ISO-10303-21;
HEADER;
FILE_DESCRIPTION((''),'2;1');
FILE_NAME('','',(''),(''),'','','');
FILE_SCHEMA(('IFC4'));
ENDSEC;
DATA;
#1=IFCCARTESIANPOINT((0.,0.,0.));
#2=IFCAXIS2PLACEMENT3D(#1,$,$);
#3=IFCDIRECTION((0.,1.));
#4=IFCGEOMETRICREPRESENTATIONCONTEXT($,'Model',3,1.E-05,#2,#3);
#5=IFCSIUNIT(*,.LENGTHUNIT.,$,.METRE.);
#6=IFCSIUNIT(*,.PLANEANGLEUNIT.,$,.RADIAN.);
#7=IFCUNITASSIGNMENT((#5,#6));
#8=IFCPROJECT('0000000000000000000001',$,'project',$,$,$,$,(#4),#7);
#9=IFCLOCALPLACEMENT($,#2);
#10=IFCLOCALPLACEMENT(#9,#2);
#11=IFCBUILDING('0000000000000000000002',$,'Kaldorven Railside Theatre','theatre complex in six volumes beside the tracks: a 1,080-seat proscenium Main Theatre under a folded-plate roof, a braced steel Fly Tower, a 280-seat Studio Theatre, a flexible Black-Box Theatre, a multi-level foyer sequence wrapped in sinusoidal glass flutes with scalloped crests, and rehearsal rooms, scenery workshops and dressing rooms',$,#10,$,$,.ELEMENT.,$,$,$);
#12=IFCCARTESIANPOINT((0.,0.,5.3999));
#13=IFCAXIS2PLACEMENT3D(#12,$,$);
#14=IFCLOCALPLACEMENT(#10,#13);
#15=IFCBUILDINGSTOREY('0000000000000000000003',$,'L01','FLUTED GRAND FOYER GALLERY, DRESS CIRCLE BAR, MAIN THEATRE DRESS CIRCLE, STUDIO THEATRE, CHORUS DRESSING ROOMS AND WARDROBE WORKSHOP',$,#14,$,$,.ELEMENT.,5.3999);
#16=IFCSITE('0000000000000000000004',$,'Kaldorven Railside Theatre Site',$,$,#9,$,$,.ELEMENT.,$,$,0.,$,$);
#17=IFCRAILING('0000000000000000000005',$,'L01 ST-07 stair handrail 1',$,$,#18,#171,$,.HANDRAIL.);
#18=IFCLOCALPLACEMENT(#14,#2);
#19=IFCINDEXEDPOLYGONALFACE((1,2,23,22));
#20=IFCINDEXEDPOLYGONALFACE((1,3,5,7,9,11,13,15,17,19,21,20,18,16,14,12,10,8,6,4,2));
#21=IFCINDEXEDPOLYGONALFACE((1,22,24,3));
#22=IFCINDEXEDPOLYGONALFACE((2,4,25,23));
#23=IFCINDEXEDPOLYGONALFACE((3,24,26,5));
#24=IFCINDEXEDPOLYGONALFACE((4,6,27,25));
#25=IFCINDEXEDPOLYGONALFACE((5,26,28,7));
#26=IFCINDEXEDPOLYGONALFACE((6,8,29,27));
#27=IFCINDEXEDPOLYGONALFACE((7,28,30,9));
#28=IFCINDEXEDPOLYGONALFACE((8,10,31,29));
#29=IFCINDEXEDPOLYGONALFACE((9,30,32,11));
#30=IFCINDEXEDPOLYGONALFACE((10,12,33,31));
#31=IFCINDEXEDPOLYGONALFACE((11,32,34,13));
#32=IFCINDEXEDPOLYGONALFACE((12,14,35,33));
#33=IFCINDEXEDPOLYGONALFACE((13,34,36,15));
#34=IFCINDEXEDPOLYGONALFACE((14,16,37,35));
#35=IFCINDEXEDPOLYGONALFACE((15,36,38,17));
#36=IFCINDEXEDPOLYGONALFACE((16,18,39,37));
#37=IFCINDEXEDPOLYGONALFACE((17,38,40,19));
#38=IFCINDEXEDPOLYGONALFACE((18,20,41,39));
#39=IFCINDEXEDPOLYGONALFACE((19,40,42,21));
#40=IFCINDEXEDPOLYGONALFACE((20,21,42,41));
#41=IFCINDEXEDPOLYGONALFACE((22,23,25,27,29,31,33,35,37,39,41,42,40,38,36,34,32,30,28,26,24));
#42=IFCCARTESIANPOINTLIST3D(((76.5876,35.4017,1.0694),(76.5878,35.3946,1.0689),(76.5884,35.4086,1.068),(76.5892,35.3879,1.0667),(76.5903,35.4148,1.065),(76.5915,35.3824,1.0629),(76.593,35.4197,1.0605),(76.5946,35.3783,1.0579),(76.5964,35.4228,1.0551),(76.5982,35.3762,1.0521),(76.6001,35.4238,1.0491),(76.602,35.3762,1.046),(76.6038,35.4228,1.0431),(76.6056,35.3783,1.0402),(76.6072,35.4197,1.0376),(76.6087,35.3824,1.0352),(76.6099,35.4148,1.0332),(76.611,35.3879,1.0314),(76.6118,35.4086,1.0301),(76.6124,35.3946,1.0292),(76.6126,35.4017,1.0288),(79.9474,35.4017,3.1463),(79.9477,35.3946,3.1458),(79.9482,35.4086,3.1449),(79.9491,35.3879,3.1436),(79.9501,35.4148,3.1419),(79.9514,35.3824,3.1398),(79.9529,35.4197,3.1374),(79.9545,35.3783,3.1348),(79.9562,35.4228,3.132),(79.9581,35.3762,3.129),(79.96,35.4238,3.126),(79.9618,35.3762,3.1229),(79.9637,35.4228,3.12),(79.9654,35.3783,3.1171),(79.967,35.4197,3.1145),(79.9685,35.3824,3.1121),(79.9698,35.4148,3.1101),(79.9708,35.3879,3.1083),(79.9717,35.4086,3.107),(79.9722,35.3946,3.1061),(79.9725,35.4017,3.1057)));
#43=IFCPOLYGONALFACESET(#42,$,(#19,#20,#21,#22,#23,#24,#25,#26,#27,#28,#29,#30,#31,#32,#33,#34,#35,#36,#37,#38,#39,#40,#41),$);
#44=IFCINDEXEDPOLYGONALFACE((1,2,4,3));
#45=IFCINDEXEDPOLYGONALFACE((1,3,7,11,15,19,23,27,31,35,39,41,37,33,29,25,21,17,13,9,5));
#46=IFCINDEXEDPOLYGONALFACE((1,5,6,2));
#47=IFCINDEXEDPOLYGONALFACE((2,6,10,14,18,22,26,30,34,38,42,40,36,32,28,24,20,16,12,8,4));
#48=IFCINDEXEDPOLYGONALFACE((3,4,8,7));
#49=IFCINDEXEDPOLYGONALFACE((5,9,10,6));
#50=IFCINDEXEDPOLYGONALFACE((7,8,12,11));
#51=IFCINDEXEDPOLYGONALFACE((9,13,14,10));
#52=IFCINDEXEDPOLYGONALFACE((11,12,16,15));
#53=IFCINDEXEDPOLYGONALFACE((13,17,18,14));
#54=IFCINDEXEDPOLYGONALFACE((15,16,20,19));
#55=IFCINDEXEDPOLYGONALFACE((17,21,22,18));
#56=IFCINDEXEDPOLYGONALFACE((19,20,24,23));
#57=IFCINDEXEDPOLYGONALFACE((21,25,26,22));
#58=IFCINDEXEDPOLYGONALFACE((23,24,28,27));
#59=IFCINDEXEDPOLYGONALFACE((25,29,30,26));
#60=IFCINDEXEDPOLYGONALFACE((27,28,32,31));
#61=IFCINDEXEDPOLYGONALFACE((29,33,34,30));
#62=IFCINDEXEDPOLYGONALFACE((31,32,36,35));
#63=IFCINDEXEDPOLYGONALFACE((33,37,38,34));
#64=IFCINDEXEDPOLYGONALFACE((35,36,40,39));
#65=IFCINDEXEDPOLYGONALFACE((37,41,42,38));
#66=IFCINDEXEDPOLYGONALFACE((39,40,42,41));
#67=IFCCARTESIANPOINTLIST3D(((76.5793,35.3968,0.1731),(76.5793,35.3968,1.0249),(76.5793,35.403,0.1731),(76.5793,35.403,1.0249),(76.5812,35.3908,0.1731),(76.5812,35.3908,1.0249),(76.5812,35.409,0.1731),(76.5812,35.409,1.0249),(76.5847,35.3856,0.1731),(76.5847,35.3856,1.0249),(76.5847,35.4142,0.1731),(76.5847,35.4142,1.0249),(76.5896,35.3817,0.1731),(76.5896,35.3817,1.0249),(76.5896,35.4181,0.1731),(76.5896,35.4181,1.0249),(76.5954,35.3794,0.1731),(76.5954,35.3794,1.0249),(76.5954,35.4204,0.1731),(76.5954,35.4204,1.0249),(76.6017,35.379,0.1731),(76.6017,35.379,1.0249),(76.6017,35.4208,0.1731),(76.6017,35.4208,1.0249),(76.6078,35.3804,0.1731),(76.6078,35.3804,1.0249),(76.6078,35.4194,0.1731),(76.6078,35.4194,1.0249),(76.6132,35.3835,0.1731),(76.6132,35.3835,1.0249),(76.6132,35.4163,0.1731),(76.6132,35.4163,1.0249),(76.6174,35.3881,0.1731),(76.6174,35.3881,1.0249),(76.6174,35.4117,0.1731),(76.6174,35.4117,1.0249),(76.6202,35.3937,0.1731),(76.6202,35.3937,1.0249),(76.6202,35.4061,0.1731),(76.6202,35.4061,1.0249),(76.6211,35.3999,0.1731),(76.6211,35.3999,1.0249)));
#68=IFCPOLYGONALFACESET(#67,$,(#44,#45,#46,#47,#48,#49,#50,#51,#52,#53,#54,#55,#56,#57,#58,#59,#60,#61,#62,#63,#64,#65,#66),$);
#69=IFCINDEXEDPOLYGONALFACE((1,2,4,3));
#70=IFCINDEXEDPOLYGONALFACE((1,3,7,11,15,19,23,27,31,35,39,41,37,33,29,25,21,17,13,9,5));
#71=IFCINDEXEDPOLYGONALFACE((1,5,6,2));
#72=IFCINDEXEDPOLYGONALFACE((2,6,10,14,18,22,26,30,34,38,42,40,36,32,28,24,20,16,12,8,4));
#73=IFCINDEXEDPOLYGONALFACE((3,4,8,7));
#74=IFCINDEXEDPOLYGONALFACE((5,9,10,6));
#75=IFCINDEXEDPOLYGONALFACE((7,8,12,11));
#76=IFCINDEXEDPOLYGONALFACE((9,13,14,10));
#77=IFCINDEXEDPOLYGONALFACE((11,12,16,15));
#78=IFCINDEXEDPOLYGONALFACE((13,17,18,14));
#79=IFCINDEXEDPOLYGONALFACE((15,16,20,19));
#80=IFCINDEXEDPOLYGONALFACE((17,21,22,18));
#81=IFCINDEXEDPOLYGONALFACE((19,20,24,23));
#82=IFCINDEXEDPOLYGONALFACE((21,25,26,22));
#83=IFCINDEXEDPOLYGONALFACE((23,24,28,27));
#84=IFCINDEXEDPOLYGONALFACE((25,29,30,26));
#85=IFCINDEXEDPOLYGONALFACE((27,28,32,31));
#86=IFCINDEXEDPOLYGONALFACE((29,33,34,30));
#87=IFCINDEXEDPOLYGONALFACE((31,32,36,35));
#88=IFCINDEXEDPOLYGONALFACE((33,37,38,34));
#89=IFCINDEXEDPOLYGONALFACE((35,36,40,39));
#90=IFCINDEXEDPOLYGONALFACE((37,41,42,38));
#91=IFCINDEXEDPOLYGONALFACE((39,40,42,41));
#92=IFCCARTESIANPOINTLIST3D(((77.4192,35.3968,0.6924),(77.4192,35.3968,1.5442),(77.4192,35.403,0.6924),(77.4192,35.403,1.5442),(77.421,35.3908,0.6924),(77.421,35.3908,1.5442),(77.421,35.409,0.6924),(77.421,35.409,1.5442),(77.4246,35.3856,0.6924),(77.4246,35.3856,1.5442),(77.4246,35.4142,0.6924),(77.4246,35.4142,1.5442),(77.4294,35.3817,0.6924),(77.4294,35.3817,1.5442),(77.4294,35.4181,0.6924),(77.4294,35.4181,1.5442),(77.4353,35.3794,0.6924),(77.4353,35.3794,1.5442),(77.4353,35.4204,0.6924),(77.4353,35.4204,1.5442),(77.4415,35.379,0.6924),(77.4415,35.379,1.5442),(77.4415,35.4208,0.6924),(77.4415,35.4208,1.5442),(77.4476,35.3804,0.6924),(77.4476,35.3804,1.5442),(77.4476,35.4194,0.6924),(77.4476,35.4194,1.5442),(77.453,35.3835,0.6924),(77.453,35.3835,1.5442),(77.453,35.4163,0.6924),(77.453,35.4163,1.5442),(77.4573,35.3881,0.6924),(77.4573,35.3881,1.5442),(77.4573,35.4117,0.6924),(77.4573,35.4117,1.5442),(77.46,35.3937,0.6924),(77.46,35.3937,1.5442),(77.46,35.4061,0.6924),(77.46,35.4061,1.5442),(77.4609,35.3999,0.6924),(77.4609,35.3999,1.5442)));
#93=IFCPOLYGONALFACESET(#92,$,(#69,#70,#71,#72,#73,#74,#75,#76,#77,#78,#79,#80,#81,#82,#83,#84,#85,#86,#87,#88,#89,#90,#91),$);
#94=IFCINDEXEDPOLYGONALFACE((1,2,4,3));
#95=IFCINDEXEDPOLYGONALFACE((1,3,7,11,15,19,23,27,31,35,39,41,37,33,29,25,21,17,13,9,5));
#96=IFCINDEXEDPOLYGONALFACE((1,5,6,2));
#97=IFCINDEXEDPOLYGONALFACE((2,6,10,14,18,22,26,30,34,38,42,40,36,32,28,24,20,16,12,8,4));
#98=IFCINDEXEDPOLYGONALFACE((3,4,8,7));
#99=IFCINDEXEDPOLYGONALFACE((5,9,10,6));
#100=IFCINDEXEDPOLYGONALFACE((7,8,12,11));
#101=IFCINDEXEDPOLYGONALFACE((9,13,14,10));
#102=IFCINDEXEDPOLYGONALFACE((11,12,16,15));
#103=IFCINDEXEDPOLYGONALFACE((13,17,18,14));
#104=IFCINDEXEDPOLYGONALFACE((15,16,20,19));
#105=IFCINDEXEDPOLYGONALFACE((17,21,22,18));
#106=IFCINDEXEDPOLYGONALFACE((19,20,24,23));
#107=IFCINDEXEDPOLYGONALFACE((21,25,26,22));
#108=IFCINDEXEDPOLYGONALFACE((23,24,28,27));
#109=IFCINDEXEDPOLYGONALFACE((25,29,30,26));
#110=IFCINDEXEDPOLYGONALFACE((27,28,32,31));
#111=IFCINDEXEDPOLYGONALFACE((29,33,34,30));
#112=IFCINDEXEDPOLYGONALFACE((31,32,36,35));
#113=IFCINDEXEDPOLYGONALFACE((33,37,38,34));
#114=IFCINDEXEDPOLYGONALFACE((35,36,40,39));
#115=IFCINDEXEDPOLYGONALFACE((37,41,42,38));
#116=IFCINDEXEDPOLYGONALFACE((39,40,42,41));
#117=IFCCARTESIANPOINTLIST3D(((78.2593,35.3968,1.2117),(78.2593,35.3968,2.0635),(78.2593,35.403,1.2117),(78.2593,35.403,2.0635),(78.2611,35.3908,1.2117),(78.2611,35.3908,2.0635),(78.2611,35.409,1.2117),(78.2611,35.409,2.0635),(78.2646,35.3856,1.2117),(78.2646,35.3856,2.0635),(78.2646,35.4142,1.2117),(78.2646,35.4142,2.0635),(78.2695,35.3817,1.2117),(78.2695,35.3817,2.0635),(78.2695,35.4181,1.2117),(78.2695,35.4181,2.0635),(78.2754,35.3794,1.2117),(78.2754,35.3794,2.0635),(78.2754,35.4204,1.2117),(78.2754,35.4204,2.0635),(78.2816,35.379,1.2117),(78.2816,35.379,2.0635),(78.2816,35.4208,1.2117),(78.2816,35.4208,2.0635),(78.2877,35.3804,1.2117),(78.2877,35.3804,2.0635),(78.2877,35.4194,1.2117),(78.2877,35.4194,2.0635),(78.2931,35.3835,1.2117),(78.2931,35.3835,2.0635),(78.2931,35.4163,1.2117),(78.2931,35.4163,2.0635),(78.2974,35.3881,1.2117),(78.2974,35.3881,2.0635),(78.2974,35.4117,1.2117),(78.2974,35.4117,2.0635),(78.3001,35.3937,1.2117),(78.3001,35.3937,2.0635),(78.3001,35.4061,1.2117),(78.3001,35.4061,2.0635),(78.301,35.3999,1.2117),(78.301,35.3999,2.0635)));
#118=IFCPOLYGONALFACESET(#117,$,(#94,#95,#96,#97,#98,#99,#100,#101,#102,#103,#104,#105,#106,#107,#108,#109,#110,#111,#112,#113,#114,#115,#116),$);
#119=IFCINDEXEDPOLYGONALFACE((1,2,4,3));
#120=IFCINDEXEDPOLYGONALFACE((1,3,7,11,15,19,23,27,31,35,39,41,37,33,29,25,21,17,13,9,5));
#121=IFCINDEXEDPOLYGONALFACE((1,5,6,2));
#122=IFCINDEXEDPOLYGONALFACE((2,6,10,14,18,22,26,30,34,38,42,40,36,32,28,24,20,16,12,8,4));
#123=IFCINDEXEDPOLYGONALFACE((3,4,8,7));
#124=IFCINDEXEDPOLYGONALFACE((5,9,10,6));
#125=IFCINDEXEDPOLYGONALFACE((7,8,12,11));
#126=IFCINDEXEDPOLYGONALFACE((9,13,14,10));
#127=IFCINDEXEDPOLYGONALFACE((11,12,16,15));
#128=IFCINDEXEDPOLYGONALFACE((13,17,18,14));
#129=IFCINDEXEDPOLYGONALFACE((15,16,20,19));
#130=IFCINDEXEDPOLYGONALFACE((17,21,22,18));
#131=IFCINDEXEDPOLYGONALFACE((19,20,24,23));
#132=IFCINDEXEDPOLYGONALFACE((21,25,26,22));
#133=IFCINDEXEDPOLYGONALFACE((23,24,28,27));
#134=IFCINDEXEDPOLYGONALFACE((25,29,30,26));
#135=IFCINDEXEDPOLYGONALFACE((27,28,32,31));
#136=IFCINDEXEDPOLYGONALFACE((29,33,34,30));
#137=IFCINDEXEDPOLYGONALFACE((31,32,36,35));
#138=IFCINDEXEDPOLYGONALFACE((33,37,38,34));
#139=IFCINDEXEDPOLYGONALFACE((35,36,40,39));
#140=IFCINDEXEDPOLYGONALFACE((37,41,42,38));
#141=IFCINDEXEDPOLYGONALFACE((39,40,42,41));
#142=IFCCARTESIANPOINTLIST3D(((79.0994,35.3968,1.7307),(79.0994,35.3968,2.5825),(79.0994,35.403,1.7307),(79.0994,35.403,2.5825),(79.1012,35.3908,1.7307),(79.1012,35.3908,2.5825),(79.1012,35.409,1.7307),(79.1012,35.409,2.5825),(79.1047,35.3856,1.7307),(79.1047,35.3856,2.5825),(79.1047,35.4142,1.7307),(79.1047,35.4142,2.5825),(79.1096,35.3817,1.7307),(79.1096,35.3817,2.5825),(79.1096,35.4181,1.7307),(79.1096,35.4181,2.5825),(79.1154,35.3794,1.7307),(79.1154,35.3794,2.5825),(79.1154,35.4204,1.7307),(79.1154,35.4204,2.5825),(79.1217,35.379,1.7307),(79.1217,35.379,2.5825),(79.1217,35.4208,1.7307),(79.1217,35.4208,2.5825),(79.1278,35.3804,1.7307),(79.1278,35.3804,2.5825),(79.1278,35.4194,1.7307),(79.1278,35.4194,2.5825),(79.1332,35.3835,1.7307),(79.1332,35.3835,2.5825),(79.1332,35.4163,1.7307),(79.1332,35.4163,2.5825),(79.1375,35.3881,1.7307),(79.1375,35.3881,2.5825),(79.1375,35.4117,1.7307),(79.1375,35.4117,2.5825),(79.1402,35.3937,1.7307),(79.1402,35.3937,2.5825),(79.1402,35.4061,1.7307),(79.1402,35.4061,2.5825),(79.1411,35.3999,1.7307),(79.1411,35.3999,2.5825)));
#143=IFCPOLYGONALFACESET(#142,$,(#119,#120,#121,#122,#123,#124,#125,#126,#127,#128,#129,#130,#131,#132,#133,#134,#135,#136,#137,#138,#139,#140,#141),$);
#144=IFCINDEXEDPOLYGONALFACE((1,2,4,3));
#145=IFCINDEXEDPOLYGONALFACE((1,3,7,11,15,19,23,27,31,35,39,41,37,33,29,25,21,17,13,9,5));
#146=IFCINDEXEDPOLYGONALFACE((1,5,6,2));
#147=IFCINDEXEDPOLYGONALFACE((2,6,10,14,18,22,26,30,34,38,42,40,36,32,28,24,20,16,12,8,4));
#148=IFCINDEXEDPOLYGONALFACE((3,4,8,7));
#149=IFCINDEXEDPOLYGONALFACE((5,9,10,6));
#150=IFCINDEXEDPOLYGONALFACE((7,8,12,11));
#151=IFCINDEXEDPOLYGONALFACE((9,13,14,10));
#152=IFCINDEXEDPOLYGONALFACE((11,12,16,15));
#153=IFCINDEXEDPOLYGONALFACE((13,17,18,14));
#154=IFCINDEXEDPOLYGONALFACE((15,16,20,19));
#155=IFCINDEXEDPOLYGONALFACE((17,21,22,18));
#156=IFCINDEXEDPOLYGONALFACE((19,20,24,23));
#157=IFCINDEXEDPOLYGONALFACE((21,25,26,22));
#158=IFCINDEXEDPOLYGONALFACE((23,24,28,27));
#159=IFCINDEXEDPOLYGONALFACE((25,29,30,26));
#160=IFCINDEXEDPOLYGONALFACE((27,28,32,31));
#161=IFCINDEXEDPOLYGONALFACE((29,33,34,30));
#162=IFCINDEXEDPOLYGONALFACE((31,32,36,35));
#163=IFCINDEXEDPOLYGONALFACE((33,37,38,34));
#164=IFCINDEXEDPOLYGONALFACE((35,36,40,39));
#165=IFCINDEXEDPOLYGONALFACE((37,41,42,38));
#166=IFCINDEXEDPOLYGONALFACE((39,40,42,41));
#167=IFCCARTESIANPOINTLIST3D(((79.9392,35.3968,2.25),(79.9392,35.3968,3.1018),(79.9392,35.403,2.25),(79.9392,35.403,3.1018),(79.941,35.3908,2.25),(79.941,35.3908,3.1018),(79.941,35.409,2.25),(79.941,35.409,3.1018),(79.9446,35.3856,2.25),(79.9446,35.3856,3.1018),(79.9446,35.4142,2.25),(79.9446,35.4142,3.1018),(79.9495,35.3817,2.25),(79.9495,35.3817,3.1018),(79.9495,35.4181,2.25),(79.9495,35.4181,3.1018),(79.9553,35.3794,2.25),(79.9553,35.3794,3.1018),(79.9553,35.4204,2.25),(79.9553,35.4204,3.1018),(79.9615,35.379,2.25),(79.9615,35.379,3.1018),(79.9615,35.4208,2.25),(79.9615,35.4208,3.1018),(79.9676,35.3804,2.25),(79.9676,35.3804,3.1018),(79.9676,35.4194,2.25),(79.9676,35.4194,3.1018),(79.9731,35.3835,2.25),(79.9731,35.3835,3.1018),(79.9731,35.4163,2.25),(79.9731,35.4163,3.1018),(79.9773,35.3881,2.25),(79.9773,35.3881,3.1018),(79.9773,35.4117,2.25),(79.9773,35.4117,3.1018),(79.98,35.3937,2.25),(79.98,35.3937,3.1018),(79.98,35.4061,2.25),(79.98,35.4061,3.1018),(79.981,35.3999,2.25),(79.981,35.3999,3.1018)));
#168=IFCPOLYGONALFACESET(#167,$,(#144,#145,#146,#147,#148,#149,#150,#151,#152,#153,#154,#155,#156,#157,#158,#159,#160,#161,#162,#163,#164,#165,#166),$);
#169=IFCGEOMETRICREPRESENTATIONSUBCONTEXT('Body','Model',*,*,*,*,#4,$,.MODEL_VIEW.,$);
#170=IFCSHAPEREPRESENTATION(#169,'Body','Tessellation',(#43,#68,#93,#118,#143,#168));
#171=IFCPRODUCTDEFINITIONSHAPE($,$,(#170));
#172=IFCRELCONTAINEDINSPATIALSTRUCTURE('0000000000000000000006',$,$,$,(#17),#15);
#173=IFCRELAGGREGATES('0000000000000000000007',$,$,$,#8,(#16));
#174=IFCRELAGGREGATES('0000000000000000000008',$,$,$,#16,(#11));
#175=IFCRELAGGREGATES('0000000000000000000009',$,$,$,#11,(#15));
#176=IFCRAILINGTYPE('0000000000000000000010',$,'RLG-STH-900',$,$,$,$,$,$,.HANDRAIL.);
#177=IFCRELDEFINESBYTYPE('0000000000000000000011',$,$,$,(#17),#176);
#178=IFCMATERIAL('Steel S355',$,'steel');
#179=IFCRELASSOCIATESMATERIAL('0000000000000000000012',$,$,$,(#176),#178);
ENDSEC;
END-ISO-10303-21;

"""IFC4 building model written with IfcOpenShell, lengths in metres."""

from ifc_helpers import new_model, si_unit, direction, frame, origin, origin_2d, place, context, subcontext, project, spatial, circle, extrude, material, type_object, element, save


model = new_model("IFC4")

# Units and contexts
model_context = context("Model", 3, precision=1e-05, world=origin(), true_north=direction((0.0, 1.0)))
body_context = subcontext(model_context, "Body", "Model", "MODEL_VIEW")
ifc_project = project(units=[si_unit("LENGTHUNIT", "METRE"), si_unit("PLANEANGLEUNIT", "RADIAN")], contexts=[model_context])

# Site, building, storey
site_placement = place(None, origin())
site = spatial("IfcSite", under=ifc_project, at=site_placement, Name="Kaldorven Railside Theatre Site", CompositionType="ELEMENT", RefElevation=0.0)
building_placement = place(site_placement, origin())
building = spatial("IfcBuilding", under=site, at=building_placement, Name="Kaldorven Railside Theatre", Description="theatre complex in six volumes beside the tracks: a 1,080-seat proscenium Main Theatre under a folded-plate roof, a braced steel Fly Tower, a 280-seat Studio Theatre, a flexible Black-Box Theatre, a multi-level foyer sequence wrapped in sinusoidal glass flutes with scalloped crests, and rehearsal rooms, scenery workshops and dressing rooms", CompositionType="ELEMENT")
storey_placement = place(building_placement, frame((0.0, 0.0, 5.3999)))
storey = spatial("IfcBuildingStorey", under=building, at=storey_placement, Name="L01", Description="FLUTED GRAND FOYER GALLERY, DRESS CIRCLE BAR, MAIN THEATRE DRESS CIRCLE, STUDIO THEATRE, CHORUS DRESSING ROOMS AND WARDROBE WORKSHOP", CompositionType="ELEMENT", Elevation=5.3999)

# Railing
ifc_material_1 = material(Name="Steel S355", Category="steel")
railing_type_1 = type_object("IfcRailingType", Name="RLG-STH-900", PredefinedType="HANDRAIL", material=ifc_material_1)
railing_1_placement = place(storey_placement, frame((76.6001, 35.3999, 0.1731)))
element("IfcRailing", 1, at=railing_1_placement, inside=storey, type_object=railing_type_1, Name="L01 ST-07 stair handrail 1", PredefinedType="HANDRAIL", context=body_context, shape_type="SweptSolid", body=[
    extrude(circle(Radius=0.0239, at=origin_2d()), frame((0.0, 0.0, 0.876), z_axis=(0.850606, 0.0, 0.525803), x_axis=(0.0, 1.0, 0.0)), (0.0, 0.0, 1.0), 3.95),
    extrude(circle(Radius=0.021, at=origin_2d()), origin(), (0.0, 0.0, 1.0), 0.8518),
    extrude(circle(Radius=0.021, at=origin_2d()), frame((0.8398, 0.0, 0.5193)), (0.0, 0.0, 1.0), 0.8518),
    extrude(circle(Radius=0.021, at=origin_2d()), frame((1.6799, 0.0, 1.0386)), (0.0, 0.0, 1.0), 0.8518),
    extrude(circle(Radius=0.021, at=origin_2d()), frame((2.52, 0.0, 1.5576)), (0.0, 0.0, 1.0), 0.8518),
    extrude(circle(Radius=0.021, at=origin_2d()), frame((3.3599, 0.0, 2.0769)), (0.0, 0.0, 1.0), 0.8518),
])

save(model, "model.ifc")
